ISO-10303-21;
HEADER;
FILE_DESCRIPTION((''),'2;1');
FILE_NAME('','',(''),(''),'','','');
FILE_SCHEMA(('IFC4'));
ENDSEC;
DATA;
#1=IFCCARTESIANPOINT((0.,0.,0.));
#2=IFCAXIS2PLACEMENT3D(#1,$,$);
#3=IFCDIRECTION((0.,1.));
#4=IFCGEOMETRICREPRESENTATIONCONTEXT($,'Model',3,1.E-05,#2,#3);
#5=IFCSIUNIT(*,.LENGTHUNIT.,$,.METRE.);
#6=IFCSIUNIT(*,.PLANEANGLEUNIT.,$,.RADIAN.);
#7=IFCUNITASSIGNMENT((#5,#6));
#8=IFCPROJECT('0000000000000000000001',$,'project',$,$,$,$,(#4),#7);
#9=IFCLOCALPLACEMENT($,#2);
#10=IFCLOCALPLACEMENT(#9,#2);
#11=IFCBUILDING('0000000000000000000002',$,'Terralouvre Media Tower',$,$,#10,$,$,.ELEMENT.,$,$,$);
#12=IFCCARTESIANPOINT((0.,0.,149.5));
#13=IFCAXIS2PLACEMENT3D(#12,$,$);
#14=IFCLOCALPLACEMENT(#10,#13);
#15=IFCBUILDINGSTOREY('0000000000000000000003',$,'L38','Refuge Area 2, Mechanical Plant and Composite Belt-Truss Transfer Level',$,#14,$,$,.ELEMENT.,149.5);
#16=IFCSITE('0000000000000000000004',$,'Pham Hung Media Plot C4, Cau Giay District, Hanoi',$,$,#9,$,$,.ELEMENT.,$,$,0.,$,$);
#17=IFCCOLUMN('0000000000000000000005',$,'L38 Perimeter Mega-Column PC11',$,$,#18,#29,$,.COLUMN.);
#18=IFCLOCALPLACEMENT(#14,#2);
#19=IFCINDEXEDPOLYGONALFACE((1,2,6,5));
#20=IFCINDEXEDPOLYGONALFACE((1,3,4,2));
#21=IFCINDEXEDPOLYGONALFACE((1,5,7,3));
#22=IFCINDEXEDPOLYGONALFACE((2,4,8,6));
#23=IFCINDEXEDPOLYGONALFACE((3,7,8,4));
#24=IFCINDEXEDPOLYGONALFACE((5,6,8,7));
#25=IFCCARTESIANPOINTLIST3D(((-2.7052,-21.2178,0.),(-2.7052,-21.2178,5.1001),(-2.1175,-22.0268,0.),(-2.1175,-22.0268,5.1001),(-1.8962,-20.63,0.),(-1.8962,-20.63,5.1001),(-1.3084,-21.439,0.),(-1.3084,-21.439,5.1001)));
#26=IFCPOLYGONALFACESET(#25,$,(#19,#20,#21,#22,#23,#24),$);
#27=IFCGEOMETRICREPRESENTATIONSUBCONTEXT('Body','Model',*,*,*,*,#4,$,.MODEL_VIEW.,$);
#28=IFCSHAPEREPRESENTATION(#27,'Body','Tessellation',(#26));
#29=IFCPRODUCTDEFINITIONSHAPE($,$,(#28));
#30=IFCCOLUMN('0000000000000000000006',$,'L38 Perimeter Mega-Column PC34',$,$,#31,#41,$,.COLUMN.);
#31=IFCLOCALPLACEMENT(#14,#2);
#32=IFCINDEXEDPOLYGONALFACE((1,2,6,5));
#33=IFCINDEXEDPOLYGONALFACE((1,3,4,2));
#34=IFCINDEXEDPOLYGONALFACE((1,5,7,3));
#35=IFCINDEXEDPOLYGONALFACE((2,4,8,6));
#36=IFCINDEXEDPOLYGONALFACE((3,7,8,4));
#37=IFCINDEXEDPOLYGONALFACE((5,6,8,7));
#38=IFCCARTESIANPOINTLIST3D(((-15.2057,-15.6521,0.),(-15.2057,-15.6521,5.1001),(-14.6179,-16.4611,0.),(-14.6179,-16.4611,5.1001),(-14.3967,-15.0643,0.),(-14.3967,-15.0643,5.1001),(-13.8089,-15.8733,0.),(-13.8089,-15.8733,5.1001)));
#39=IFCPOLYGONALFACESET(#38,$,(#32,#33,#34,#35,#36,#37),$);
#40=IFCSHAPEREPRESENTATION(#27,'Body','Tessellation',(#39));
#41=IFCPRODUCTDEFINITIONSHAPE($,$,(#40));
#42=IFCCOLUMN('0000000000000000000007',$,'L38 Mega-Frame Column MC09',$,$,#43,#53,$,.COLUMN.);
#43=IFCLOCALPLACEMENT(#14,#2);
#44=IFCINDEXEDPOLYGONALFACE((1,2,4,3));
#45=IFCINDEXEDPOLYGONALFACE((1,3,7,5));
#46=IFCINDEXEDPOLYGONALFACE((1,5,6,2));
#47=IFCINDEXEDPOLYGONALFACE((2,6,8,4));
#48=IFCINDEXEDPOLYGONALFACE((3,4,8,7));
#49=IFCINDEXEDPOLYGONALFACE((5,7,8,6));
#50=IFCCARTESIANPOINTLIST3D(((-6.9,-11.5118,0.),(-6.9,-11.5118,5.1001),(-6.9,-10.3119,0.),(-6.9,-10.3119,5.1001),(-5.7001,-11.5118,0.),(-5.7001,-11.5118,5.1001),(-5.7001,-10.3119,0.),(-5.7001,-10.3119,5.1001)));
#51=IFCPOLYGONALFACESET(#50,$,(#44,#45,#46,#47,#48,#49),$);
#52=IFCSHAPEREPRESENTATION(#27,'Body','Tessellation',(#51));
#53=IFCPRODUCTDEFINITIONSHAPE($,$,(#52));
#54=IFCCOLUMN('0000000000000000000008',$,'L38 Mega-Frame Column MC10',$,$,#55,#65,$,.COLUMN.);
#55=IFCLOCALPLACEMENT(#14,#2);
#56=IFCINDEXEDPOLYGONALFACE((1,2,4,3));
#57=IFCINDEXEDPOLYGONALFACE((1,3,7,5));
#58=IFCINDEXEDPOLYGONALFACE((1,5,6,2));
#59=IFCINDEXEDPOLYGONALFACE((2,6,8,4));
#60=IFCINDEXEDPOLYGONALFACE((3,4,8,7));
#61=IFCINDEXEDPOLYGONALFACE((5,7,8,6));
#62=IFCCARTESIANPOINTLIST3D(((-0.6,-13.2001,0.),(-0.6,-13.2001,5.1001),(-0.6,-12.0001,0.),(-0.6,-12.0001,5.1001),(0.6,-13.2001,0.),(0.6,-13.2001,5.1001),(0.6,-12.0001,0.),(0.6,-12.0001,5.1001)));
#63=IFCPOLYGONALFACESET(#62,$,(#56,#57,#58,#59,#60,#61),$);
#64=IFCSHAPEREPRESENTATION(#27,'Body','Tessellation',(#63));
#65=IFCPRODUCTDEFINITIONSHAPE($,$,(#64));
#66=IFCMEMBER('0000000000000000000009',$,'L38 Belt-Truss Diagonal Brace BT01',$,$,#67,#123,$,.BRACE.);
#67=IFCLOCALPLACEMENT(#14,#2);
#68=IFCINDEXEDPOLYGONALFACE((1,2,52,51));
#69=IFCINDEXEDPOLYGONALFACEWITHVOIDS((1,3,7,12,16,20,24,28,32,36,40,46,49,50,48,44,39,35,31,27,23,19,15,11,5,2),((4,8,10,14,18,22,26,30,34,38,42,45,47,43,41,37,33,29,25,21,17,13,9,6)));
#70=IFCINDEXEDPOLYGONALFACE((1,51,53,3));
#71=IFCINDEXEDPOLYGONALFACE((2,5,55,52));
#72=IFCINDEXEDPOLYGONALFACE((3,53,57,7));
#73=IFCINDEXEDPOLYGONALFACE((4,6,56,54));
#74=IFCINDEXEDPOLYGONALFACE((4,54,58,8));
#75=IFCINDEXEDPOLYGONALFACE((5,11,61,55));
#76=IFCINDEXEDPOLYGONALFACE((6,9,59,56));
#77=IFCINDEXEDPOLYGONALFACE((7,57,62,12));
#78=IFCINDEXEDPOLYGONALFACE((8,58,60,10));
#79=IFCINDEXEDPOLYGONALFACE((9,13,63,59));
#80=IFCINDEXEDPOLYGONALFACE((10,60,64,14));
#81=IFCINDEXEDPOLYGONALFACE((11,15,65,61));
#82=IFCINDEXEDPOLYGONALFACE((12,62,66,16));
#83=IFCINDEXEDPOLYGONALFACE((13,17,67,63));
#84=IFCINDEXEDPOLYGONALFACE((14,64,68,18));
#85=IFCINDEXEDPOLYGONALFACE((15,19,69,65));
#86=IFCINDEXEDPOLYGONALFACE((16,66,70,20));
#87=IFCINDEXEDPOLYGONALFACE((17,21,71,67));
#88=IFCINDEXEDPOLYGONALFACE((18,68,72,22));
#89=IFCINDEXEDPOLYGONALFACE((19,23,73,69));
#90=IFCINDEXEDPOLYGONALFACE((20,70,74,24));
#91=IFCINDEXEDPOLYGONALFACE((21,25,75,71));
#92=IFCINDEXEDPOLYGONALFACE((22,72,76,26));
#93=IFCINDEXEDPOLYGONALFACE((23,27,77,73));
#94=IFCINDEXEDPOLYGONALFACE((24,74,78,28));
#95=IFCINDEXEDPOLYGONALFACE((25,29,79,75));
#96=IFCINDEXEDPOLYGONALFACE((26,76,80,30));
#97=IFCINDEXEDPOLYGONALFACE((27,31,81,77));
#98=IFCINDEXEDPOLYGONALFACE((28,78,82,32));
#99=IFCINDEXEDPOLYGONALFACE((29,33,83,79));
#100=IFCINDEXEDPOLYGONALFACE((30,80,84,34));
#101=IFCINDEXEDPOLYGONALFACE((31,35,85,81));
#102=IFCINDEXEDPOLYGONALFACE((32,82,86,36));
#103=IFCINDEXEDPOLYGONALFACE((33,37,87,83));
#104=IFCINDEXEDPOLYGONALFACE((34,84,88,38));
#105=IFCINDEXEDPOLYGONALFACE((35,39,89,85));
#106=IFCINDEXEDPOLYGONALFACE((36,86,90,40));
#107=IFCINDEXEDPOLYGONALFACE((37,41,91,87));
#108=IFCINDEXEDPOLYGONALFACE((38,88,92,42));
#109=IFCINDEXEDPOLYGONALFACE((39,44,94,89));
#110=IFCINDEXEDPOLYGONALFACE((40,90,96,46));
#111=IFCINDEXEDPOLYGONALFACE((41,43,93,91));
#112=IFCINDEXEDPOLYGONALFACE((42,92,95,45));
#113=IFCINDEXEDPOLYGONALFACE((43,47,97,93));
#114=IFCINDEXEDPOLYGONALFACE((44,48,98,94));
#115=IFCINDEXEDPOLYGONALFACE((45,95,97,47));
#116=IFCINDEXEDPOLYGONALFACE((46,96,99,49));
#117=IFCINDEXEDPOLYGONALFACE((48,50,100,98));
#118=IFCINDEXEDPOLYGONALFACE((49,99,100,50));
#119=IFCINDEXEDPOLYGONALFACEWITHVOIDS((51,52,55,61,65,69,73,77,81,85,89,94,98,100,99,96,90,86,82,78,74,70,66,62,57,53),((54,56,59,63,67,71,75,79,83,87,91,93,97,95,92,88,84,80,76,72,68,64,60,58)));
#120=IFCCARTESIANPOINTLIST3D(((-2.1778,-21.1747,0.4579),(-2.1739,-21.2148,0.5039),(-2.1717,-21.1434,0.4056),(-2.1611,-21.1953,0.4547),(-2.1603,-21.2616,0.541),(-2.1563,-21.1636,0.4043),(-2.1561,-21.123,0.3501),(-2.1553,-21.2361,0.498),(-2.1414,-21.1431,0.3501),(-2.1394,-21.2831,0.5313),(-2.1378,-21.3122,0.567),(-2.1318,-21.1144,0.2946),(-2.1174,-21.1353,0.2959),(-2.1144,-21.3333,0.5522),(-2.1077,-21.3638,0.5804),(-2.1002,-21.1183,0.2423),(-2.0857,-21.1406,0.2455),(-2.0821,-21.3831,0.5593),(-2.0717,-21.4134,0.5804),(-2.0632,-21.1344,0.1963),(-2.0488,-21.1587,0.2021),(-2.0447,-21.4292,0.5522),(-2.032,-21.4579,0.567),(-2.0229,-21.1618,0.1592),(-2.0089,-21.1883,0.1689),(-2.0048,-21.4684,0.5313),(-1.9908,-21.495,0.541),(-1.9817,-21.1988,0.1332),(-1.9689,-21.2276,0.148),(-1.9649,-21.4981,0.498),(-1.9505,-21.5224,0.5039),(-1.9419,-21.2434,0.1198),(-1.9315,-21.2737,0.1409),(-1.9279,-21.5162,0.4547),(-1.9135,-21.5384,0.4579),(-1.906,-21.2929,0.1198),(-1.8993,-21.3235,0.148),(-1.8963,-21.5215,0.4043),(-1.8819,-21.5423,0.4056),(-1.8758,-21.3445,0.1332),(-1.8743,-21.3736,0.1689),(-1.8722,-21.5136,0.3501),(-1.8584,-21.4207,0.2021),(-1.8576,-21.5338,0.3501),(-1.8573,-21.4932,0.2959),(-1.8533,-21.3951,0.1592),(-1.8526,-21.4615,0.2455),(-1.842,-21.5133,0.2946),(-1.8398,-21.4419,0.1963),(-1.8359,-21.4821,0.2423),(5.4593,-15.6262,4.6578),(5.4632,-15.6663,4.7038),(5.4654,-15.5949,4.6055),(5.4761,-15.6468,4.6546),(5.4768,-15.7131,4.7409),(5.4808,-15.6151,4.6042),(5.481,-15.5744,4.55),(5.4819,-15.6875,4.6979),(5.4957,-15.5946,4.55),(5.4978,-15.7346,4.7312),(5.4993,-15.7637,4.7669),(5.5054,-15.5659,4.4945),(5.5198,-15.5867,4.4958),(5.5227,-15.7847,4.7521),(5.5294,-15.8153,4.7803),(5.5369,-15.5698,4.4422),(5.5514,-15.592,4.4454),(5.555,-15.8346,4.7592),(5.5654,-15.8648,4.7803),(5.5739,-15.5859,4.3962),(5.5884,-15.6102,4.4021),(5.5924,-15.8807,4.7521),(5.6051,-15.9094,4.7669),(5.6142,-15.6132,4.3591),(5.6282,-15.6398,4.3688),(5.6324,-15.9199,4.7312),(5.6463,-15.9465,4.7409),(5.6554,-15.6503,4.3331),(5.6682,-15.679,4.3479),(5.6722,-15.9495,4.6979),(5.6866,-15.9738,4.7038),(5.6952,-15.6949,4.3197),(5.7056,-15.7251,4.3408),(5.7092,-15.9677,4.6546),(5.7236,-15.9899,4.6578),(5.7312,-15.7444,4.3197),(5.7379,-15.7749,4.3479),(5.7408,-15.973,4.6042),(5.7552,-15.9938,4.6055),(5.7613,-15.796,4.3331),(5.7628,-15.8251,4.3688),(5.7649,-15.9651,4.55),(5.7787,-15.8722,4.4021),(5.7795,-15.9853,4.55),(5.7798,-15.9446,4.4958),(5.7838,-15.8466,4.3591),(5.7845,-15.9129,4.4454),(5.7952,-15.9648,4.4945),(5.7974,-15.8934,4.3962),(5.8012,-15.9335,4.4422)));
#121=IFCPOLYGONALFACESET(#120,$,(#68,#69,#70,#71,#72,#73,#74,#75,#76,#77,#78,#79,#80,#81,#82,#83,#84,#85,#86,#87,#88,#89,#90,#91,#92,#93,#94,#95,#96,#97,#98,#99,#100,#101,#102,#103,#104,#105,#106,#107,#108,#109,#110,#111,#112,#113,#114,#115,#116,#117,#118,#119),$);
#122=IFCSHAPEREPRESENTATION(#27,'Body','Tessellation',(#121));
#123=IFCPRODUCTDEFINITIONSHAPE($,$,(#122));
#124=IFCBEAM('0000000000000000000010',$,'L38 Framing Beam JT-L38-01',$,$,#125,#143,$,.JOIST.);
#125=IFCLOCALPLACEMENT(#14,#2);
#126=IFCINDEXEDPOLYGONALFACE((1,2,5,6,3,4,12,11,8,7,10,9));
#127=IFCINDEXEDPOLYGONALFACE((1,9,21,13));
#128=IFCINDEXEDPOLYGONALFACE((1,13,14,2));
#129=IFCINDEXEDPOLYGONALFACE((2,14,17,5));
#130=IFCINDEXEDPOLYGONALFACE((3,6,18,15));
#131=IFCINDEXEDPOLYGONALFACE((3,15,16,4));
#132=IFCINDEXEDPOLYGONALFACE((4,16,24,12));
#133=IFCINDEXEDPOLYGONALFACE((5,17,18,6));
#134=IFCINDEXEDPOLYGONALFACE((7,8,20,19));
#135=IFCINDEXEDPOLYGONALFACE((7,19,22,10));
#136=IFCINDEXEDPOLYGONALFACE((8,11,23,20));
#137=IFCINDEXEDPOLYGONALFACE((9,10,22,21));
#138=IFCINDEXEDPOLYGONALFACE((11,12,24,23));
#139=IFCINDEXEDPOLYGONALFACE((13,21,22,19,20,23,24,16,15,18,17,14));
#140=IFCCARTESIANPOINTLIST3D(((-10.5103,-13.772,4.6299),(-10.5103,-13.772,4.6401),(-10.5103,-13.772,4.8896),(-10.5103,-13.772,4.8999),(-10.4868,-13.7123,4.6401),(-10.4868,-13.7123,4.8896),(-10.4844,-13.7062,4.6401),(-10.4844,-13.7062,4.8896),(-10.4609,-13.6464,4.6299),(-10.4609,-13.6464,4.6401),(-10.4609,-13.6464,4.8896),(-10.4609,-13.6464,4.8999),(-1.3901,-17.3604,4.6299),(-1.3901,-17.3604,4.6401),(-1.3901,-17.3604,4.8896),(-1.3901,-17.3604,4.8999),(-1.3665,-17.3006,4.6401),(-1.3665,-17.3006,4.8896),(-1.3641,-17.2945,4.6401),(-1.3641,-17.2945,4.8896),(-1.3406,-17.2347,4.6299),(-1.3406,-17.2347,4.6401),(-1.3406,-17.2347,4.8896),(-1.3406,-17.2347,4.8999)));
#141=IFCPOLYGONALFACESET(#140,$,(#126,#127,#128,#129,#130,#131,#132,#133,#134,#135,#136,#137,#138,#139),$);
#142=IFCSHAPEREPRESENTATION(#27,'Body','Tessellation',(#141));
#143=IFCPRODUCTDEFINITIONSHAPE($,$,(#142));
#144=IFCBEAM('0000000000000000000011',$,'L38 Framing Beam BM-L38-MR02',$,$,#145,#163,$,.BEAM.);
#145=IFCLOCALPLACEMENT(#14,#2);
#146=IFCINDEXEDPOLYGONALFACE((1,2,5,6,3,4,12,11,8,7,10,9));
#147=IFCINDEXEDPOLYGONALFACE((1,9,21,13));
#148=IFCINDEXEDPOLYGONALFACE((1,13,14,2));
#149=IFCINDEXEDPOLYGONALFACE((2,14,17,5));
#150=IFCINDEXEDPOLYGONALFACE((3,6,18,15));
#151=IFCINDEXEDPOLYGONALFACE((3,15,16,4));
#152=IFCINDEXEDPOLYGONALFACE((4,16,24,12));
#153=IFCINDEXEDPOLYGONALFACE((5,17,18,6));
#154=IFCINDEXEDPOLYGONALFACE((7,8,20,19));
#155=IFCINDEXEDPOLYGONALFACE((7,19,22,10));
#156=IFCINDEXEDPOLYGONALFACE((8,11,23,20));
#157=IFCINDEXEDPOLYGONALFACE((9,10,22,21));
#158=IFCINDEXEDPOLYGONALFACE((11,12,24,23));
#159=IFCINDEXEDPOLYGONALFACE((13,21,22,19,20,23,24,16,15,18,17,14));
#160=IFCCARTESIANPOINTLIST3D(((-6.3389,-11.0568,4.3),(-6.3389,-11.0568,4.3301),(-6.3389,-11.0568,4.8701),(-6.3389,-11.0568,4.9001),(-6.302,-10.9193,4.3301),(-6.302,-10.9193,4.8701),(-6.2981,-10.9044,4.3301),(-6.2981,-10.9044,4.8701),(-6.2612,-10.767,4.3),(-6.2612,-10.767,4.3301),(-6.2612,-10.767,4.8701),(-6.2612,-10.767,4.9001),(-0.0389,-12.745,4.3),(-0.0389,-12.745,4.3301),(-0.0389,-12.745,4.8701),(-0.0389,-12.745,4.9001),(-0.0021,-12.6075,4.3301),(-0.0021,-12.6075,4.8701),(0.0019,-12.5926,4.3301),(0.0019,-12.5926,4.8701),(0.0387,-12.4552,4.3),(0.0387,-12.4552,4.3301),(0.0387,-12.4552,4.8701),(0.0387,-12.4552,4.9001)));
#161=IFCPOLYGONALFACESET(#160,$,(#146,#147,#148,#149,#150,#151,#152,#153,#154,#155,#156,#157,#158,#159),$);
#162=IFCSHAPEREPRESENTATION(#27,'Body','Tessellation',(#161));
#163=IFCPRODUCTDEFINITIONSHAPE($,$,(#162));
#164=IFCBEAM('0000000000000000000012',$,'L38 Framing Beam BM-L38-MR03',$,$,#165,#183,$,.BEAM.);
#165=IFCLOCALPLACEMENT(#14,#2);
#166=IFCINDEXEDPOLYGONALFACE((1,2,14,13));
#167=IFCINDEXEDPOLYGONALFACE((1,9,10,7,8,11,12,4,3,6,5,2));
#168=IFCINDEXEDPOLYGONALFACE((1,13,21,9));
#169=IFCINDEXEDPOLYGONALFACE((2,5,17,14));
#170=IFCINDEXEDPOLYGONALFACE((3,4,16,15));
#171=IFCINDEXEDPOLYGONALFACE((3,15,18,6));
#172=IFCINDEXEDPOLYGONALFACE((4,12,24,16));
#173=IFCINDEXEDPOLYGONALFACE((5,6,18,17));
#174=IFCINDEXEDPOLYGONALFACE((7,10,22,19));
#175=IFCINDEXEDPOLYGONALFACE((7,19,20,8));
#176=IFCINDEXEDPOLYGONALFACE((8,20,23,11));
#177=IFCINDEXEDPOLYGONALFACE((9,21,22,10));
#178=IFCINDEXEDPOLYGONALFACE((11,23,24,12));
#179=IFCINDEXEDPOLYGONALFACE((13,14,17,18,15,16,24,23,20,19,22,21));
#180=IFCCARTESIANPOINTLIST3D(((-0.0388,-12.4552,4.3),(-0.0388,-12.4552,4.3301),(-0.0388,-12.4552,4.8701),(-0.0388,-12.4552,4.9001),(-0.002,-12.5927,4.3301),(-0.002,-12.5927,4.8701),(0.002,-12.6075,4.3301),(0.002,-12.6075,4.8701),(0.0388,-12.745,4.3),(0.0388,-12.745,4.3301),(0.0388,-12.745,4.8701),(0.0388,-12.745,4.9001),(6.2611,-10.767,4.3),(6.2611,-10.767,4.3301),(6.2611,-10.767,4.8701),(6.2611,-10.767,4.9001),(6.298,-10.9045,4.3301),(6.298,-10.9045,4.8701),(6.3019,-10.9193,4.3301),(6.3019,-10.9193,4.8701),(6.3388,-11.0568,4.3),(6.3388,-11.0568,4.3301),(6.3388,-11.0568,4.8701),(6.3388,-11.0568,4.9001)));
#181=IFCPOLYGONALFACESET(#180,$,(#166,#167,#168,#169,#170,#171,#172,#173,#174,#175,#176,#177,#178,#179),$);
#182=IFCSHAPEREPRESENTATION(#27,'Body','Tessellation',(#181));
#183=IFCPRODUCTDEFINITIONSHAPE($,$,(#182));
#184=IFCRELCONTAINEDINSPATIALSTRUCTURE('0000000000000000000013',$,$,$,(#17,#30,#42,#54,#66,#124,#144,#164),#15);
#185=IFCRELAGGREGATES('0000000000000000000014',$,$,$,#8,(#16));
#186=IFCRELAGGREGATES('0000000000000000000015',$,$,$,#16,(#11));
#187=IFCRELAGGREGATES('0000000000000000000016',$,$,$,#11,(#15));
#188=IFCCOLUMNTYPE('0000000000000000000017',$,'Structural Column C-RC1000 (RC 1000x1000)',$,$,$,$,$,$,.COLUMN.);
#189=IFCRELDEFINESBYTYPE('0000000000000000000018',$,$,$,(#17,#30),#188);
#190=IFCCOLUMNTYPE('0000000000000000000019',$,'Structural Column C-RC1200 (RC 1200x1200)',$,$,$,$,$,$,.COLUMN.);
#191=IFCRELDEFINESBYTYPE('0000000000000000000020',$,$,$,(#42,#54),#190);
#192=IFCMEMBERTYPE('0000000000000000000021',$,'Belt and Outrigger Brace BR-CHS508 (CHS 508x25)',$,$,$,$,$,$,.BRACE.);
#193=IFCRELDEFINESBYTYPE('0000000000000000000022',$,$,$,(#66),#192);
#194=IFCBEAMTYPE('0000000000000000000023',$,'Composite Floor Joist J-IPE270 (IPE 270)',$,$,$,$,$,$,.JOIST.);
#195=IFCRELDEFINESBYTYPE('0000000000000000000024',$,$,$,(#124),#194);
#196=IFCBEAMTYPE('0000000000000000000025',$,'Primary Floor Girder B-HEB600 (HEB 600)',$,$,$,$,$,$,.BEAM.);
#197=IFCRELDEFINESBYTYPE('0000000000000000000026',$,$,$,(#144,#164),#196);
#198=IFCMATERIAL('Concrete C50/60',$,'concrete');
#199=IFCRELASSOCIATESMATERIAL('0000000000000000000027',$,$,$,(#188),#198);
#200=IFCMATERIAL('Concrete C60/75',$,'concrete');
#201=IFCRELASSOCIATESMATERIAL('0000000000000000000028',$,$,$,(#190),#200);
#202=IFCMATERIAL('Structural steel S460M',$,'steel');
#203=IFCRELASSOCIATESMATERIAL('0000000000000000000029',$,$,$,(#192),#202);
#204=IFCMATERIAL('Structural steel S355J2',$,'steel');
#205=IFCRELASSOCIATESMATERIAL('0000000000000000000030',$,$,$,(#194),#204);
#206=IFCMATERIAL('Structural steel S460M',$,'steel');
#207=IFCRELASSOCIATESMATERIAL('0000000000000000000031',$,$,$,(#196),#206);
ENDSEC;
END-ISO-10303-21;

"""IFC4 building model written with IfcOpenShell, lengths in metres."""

from ifc_helpers import new_model, si_unit, direction, frame, origin, origin_2d, place, context, subcontext, project, spatial, rectangle, hollow_circle, i_section, extrude, material, material_profile, profile_set, type_object, element, save


model = new_model("IFC4")

# Units and contexts
model_context = context("Model", 3, precision=1e-05, world=origin(), true_north=direction((0.0, 1.0)))
body_context = subcontext(model_context, "Body", "Model", "MODEL_VIEW")
ifc_project = project(units=[si_unit("LENGTHUNIT", "METRE"), si_unit("PLANEANGLEUNIT", "RADIAN")], contexts=[model_context])

# Site, building, storey
site_placement = place(None, origin())
site = spatial("IfcSite", under=ifc_project, at=site_placement, Name="Pham Hung Media Plot C4, Cau Giay District, Hanoi", CompositionType="ELEMENT", RefElevation=0.0)
building_placement = place(site_placement, origin())
building = spatial("IfcBuilding", under=site, at=building_placement, Name="Terralouvre Media Tower", CompositionType="ELEMENT")
storey_placement = place(building_placement, frame((0.0, 0.0, 149.5)))
storey = spatial("IfcBuildingStorey", under=building, at=storey_placement, Name="L38", Description="Refuge Area 2, Mechanical Plant and Composite Belt-Truss Transfer Level", CompositionType="ELEMENT", Elevation=149.5)

# Columns
ifc_material_1 = material(Name="Concrete C50/60", Category="concrete")
ifc_material_profile_1 = material_profile(ifc_material_1, rectangle(XDim=1.0, YDim=1.0, at=origin_2d()), Name="RC 1000x1000")
ifc_profile_set_1 = profile_set([ifc_material_profile_1], Name="Concrete C50/60")
column_type_1 = type_object("IfcColumnType", Name="Structural Column C-RC1000 (RC 1000x1000)", PredefinedType="COLUMN", material=ifc_profile_set_1)
for number, where, z_axis, x_axis, name in (
    (1, (-2.0068, -21.3284, 0.0), (0.0, 0.0, 1.0), (0.809017, 0.587785, 0.0), "L38 Perimeter Mega-Column PC11"),
    (2, (-14.5073, -15.7627, 0.0), (0.0, 0.0, 1.0), (0.809017, 0.587785, 0.0), "L38 Perimeter Mega-Column PC34"),
):
    element("IfcColumn", number, at=place(storey_placement, frame(where, z_axis=z_axis, x_axis=x_axis)), inside=storey, type_object=column_type_1, Name=name, PredefinedType="COLUMN", context=body_context, shape_type="SweptSolid", body=[
        extrude(rectangle(XDim=1.0, YDim=1.0, at=origin_2d()), origin(), (0.0, 0.0, 1.0), 5.1001),
    ])
ifc_material_2 = material(Name="Concrete C60/75", Category="concrete")
ifc_material_profile_2 = material_profile(ifc_material_2, rectangle(XDim=1.2, YDim=1.2, at=origin_2d()), Name="RC 1200x1200")
ifc_profile_set_2 = profile_set([ifc_material_profile_2], Name="Concrete C60/75")
column_type_2 = type_object("IfcColumnType", Name="Structural Column C-RC1200 (RC 1200x1200)", PredefinedType="COLUMN", material=ifc_profile_set_2)
for number, where, z_axis, x_axis, name in (
    (3, (-6.3, -10.9119, 0.0), (0.0, 0.0, 1.0), (1.0, 0.0, 0.0), "L38 Mega-Frame Column MC09"),
    (4, (0.0, -12.6001, 0.0), (0.0, 0.0, 1.0), (1.0, 0.0, 0.0), "L38 Mega-Frame Column MC10"),
):
    element("IfcColumn", number, at=place(storey_placement, frame(where, z_axis=z_axis, x_axis=x_axis)), inside=storey, type_object=column_type_2, Name=name, PredefinedType="COLUMN", context=body_context, shape_type="SweptSolid", body=[
        extrude(rectangle(XDim=1.2, YDim=1.2, at=origin_2d()), origin(), (0.0, 0.0, 1.0), 5.1001),
    ])

# Member
ifc_material_3 = material(Name="Structural steel S460M", Category="steel")
ifc_material_profile_3 = material_profile(ifc_material_3, hollow_circle(Radius=0.2539, WallThickness=0.0249, at=origin_2d()), Name="CHS 508x25")
ifc_profile_set_3 = profile_set([ifc_material_profile_3], Name="Structural steel S460M")
member_type_1 = type_object("IfcMemberType", Name="Belt and Outrigger Brace BR-CHS508 (CHS 508x25)", PredefinedType="BRACE", material=ifc_profile_set_3)
member_1_placement = place(storey_placement, frame((-2.0068, -21.3284, 0.3501), z_axis=(0.739169, 0.537021, 0.406493), x_axis=(-0.587773, 0.809026, 0.0)))
element("IfcMember", 5, at=member_1_placement, inside=storey, type_object=member_type_1, Name="L38 Belt-Truss Diagonal Brace BT01", PredefinedType="BRACE", context=body_context, shape_type="SweptSolid", body=[
    extrude(hollow_circle(Radius=0.2539, WallThickness=0.0249, at=origin_2d()), origin(), (0.0, 0.0, 1.0), 10.332),
])

# Beams
ifc_material_4 = material(Name="Structural steel S355J2", Category="steel")
ifc_material_profile_4 = material_profile(ifc_material_4, i_section(OverallWidth=0.135, OverallDepth=0.27, WebThickness=0.0066, FlangeThickness=0.0103, at=origin_2d()), Name="IPE 270")
ifc_profile_set_4 = profile_set([ifc_material_profile_4], Name="Structural steel S355J2")
beam_type_1 = type_object("IfcBeamType", Name="Composite Floor Joist J-IPE270 (IPE 270)", PredefinedType="JOIST", material=ifc_profile_set_4)
beam_1_placement = place(storey_placement, frame((-10.4856, -13.7092, 4.7649), z_axis=(0.930565, -0.366128, 0.0), x_axis=(0.366128, 0.930565, 0.0)))
element("IfcBeam", 6, at=beam_1_placement, inside=storey, type_object=beam_type_1, Name="L38 Framing Beam JT-L38-01", PredefinedType="JOIST", context=body_context, shape_type="SweptSolid", body=[
    extrude(i_section(OverallWidth=0.135, OverallDepth=0.27, WebThickness=0.0066, FlangeThickness=0.0103, at=origin_2d()), origin(), (0.0, 0.0, 1.0), 9.8008),
])
ifc_material_5 = material(Name="Structural steel S460M", Category="steel")
ifc_material_profile_5 = material_profile(ifc_material_5, i_section(OverallWidth=0.3, OverallDepth=0.6001, WebThickness=0.0154, FlangeThickness=0.03, at=origin_2d()), Name="HEB 600")
ifc_profile_set_5 = profile_set([ifc_material_profile_5], Name="Structural steel S460M")
beam_type_2 = type_object("IfcBeamType", Name="Primary Floor Girder B-HEB600 (HEB 600)", PredefinedType="BEAM", material=ifc_profile_set_5)
for number, where, z_axis, x_axis, name in (
    (7, (-6.3, -10.9119, 4.6001), (0.96592, -0.258839, 0.0), (0.258839, 0.96592, 0.0), "L38 Framing Beam BM-L38-MR02"),
    (8, (0.0, -12.6001, 4.6001), (0.96592, 0.258839, 0.0), (-0.258839, 0.96592, 0.0), "L38 Framing Beam BM-L38-MR03"),
):
    element("IfcBeam", number, at=place(storey_placement, frame(where, z_axis=z_axis, x_axis=x_axis)), inside=storey, type_object=beam_type_2, Name=name, PredefinedType="BEAM", context=body_context, shape_type="SweptSolid", body=[
        extrude(i_section(OverallWidth=0.3, OverallDepth=0.6001, WebThickness=0.0154, FlangeThickness=0.03, at=origin_2d()), origin(), (0.0, 0.0, 1.0), 6.5222),
    ])

save(model, "model.ifc")
